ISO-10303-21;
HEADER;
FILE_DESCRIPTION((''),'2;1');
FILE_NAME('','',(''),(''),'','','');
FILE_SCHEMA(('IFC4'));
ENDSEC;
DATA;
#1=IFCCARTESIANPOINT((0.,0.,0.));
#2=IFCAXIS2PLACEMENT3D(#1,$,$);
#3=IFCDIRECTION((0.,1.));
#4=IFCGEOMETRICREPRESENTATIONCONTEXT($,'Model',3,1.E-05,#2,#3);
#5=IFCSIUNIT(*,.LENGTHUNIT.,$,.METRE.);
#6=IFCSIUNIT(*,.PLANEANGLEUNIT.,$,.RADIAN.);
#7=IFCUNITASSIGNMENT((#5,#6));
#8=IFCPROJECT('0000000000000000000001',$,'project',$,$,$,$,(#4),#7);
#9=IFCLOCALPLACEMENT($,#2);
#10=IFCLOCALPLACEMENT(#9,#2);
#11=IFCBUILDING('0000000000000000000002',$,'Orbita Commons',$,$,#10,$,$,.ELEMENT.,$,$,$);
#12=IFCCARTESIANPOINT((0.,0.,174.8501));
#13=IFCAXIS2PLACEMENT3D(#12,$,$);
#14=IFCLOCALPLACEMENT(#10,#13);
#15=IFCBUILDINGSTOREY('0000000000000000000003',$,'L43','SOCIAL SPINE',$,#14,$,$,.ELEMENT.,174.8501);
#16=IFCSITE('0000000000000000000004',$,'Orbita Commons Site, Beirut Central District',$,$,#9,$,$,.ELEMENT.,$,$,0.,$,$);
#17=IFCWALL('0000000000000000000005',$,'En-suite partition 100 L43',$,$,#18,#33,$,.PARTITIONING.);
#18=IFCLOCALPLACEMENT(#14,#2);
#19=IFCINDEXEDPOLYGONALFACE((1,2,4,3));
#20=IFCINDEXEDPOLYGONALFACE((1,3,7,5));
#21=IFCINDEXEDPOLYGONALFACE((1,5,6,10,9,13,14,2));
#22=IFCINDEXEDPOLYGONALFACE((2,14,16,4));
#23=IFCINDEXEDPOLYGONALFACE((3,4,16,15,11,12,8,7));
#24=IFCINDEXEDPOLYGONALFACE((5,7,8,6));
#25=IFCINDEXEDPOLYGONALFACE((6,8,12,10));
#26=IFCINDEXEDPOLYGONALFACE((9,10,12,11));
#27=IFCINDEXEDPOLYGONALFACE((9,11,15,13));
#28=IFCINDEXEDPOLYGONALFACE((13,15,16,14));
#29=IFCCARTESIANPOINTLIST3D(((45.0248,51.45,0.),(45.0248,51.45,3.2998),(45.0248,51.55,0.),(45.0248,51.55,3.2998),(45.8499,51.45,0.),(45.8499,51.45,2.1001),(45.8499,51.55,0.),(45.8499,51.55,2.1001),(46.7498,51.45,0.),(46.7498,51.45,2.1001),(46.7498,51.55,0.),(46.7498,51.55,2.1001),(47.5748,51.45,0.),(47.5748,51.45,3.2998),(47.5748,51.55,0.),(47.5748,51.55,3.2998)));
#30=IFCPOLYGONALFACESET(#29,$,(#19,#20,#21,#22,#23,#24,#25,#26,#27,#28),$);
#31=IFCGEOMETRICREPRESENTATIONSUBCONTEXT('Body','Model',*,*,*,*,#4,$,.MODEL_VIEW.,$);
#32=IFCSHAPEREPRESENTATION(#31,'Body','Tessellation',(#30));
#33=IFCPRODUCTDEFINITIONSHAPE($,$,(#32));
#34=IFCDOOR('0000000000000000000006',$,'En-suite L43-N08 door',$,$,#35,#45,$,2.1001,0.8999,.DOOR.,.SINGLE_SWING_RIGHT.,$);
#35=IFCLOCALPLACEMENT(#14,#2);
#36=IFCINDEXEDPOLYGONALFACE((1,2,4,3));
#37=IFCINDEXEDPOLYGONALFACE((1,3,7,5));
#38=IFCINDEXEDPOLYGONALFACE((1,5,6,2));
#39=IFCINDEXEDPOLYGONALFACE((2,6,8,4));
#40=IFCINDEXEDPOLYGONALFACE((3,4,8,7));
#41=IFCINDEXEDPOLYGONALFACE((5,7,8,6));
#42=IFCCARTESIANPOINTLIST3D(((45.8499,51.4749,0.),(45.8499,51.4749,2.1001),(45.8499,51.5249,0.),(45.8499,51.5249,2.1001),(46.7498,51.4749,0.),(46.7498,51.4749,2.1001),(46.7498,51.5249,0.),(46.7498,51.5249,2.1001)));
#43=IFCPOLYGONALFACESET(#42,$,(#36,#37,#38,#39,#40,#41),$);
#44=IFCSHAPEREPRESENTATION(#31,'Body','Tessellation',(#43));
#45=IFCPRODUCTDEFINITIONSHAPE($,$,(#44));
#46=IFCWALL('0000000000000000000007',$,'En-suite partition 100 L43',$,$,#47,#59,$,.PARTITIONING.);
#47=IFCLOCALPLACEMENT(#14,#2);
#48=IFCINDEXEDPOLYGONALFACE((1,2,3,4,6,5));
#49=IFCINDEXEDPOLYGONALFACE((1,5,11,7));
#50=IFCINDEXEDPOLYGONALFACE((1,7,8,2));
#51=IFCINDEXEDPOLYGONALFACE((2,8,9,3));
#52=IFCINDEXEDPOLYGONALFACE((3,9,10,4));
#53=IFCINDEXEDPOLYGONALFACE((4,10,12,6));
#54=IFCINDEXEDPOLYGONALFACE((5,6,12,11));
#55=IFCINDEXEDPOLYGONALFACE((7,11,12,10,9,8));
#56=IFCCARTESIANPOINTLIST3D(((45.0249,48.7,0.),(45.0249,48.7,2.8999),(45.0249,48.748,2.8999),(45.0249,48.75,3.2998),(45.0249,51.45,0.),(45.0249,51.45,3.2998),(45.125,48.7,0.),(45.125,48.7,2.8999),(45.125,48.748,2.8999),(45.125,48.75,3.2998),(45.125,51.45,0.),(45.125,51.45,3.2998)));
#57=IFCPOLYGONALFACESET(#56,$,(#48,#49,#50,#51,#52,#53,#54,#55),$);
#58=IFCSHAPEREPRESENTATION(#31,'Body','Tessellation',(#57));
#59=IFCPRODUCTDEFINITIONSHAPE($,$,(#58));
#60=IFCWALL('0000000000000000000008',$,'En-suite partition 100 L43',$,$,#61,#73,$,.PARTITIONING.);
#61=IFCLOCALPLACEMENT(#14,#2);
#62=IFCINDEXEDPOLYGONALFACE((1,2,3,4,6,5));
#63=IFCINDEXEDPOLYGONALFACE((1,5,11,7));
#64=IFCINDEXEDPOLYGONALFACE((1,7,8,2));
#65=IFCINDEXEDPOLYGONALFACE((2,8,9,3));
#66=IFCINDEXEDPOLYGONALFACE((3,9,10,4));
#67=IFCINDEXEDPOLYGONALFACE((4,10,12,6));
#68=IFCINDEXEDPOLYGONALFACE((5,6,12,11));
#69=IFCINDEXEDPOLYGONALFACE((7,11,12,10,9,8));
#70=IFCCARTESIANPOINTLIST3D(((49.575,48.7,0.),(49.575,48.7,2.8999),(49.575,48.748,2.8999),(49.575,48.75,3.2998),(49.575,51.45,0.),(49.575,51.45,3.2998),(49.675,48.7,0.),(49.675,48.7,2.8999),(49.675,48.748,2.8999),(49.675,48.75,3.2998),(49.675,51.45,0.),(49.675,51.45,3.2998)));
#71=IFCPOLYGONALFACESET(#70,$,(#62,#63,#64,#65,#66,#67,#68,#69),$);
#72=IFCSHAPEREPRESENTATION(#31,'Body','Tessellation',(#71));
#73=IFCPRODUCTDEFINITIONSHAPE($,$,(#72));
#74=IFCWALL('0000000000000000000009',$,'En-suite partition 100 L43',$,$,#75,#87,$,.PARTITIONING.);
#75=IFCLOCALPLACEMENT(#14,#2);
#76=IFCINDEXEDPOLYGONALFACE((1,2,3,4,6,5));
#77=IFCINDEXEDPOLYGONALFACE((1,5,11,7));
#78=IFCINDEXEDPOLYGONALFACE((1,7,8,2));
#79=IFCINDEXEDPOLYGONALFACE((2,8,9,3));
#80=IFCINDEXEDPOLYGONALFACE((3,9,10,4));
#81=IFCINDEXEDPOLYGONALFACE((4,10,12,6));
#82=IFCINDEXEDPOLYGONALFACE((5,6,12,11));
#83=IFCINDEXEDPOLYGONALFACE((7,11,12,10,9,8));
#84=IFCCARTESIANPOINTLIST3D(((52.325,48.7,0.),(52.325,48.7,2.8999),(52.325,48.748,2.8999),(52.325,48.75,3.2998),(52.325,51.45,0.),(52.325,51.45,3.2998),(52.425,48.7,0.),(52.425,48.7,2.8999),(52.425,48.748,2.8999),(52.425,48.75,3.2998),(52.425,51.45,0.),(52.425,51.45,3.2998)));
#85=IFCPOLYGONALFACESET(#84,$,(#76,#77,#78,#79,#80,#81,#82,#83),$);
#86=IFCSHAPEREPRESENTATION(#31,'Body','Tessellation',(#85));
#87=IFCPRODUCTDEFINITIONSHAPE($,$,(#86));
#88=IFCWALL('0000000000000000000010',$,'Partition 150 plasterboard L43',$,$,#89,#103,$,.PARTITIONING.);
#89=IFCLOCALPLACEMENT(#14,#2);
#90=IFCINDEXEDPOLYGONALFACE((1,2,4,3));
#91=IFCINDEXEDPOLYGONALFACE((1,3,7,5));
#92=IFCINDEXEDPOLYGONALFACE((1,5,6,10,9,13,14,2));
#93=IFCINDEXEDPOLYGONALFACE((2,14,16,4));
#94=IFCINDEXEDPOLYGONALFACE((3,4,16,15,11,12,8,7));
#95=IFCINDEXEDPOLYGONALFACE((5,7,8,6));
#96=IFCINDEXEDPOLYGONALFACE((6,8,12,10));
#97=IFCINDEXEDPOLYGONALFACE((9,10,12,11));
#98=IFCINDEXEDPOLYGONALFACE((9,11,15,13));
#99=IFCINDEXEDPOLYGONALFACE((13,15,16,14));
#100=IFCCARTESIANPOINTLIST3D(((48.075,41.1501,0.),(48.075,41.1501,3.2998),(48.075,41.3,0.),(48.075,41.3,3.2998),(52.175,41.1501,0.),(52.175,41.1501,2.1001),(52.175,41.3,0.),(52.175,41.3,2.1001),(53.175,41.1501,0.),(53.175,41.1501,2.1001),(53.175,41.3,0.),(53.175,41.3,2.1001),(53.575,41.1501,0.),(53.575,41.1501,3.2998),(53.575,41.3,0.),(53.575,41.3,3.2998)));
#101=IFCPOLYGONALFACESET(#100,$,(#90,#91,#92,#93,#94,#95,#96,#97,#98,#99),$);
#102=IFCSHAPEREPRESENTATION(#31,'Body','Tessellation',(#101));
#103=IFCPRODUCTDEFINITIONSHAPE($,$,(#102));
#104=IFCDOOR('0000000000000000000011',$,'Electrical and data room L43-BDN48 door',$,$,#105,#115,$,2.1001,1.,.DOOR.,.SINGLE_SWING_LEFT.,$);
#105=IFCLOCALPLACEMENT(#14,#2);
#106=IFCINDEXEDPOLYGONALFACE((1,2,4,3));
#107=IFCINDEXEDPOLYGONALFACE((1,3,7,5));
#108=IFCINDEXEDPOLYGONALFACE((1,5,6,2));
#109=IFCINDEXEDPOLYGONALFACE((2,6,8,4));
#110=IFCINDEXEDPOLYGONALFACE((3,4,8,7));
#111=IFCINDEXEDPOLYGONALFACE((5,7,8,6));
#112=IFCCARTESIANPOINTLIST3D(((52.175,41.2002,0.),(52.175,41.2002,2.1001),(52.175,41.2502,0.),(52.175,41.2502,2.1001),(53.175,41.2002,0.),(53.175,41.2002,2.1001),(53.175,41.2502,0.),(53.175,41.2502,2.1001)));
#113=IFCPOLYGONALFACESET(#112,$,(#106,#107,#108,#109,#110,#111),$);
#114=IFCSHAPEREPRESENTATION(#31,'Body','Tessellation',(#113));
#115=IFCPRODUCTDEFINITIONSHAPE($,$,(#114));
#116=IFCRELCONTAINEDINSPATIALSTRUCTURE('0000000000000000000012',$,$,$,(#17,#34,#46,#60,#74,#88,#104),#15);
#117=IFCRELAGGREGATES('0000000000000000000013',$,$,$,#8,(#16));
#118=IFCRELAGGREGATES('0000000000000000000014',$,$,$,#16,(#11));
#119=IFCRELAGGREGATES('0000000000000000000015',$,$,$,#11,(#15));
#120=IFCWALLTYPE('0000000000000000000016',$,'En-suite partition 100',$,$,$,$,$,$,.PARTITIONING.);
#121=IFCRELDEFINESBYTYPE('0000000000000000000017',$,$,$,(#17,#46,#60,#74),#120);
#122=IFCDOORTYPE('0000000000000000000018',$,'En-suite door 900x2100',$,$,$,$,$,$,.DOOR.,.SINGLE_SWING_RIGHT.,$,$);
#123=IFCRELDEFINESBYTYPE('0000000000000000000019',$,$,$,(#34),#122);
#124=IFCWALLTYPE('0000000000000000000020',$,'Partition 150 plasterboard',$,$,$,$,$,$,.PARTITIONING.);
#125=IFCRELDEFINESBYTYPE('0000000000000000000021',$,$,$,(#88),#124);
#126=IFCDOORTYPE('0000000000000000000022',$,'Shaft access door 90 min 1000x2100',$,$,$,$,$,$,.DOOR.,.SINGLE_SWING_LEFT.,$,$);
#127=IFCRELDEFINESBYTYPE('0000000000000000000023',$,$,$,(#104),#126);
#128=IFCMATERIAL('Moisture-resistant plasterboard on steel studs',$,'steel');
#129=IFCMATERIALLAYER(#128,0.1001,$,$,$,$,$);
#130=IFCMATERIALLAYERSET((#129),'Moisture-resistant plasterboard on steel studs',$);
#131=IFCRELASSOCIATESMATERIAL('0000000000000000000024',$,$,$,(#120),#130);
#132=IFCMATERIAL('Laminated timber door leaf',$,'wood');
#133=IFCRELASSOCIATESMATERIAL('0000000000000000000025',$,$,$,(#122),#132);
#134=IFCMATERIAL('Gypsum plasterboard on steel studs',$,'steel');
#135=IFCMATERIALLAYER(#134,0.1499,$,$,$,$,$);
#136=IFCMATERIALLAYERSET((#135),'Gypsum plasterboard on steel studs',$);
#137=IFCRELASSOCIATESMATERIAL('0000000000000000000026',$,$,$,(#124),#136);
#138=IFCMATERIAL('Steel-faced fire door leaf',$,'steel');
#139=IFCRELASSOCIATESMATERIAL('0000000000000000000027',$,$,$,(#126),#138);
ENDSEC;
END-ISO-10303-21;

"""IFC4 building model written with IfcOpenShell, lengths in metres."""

from ifc_helpers import new_model, si_unit, direction, frame, frame_2d, origin, place, context, subcontext, project, spatial, polyline, rectangle, outline, extrude, material, layer, layer_set, type_object, element, fill, save


model = new_model("IFC4")

# Units and contexts
model_context = context("Model", 3, precision=1e-05, world=origin(), true_north=direction((0.0, 1.0)))
body_context = subcontext(model_context, "Body", "Model", "MODEL_VIEW")
ifc_project = project(units=[si_unit("LENGTHUNIT", "METRE"), si_unit("PLANEANGLEUNIT", "RADIAN")], contexts=[model_context])

# Site, building, storey
site_placement = place(None, origin())
site = spatial("IfcSite", under=ifc_project, at=site_placement, Name="Orbita Commons Site, Beirut Central District", CompositionType="ELEMENT", RefElevation=0.0)
building_placement = place(site_placement, origin())
building = spatial("IfcBuilding", under=site, at=building_placement, Name="Orbita Commons", CompositionType="ELEMENT")
storey_placement = place(building_placement, frame((0.0, 0.0, 174.8501)))
storey = spatial("IfcBuildingStorey", under=building, at=storey_placement, Name="L43", Description="SOCIAL SPINE", CompositionType="ELEMENT", Elevation=174.8501)

# Wall, opening, door
ifc_material_1 = material(Name="Moisture-resistant plasterboard on steel studs", Category="steel")
ifc_layer_1 = layer(ifc_material_1, 0.1001)
ifc_layer_set_1 = layer_set([ifc_layer_1], Name="Moisture-resistant plasterboard on steel studs")
wall_type_1 = type_object("IfcWallType", Name="En-suite partition 100", PredefinedType="PARTITIONING", material=ifc_layer_set_1)
wall_1_placement = place(storey_placement, frame((45.0249, 51.5, 0.0), z_axis=(0.0, 0.0, 1.0), x_axis=(1.0, 0.0, 0.0)))
wall_1 = element("IfcWall", 1, at=wall_1_placement, inside=storey, type_object=wall_type_1, Name="En-suite partition 100 L43", PredefinedType="PARTITIONING", context=body_context, shape_type="SweptSolid", body=[
    extrude(rectangle(XDim=2.55, YDim=0.1001, at=frame_2d((1.2749, 0.0))), origin(), (0.0, 0.0, 1.0), 3.2998),
])
opening_1_placement = place(wall_1_placement, frame((0.825, 0.0, 0.0)))
opening_1 = element("IfcOpeningElement", 2, at=opening_1_placement, cuts=wall_1, PredefinedType="OPENING", context=body_context, shape_type="SweptSolid", body=[
    extrude(rectangle(XDim=0.8999, YDim=2.1001, at=frame_2d((0.45, 1.05))), frame((0.0, 0.0601, 0.0), z_axis=(0.0, -1.0, 0.0), x_axis=(1.0, 0.0, 0.0)), (0.0, 0.0, 1.0), 0.1201),
])
ifc_material_2 = material(Name="Laminated timber door leaf", Category="wood")
door_type_1 = type_object("IfcDoorType", Name="En-suite door 900x2100", OperationType="SINGLE_SWING_RIGHT", PredefinedType="DOOR", material=ifc_material_2)
door_1_placement = place(opening_1_placement, origin())
door_1 = element("IfcDoor", 3, at=door_1_placement, inside=storey, type_object=door_type_1, Name="En-suite L43-N08 door", OperationType="SINGLE_SWING_RIGHT", OverallHeight=2.1001, OverallWidth=0.8999, PredefinedType="DOOR", context=body_context, shape_type="SweptSolid", body=[
    extrude(rectangle(XDim=0.8999, YDim=2.1001, at=frame_2d((0.45, 1.05))), frame((0.0, 0.0249, 0.0), z_axis=(0.0, -1.0, 0.0), x_axis=(1.0, 0.0, 0.0)), (0.0, 0.0, 1.0), 0.05),
])
fill(opening_1, door_1)

# Walls
for number, where, z_axis, x_axis, name in (
    (4, (45.075, 51.45, 0.0), (0.0, 0.0, 1.0), (0.0, -1.0, 0.0), "En-suite partition 100 L43"),
    (5, (49.625, 51.45, 0.0), (0.0, 0.0, 1.0), (0.0, -1.0, 0.0), "En-suite partition 100 L43"),
    (6, (52.375, 51.45, 0.0), (0.0, 0.0, 1.0), (0.0, -1.0, 0.0), "En-suite partition 100 L43"),
):
    element("IfcWall", number, at=place(storey_placement, frame(where, z_axis=z_axis, x_axis=x_axis)), inside=storey, type_object=wall_type_1, Name=name, PredefinedType="PARTITIONING", context=body_context, shape_type="SweptSolid", body=[
        extrude(outline(polyline([(0.0, 0.0), (2.75, 0.0), (2.75, 2.8999), (2.7019, 2.8999), (2.7, 3.2998), (0.0, 3.2998), (0.0, 0.0)])), frame((0.0, 0.05, 0.0), z_axis=(0.0, -1.0, 0.0), x_axis=(1.0, 0.0, 0.0)), (0.0, 0.0, 1.0), 0.1001),
    ])

# Wall, opening, door
ifc_material_3 = material(Name="Gypsum plasterboard on steel studs", Category="steel")
ifc_layer_2 = layer(ifc_material_3, 0.1499)
ifc_layer_set_2 = layer_set([ifc_layer_2], Name="Gypsum plasterboard on steel studs")
wall_type_2 = type_object("IfcWallType", Name="Partition 150 plasterboard", PredefinedType="PARTITIONING", material=ifc_layer_set_2)
wall_2_placement = place(storey_placement, frame((53.575, 41.2251, 0.0), z_axis=(0.0, 0.0, 1.0), x_axis=(-1.0, 0.0, 0.0)))
wall_2 = element("IfcWall", 7, at=wall_2_placement, inside=storey, type_object=wall_type_2, Name="Partition 150 plasterboard L43", PredefinedType="PARTITIONING", context=body_context, shape_type="SweptSolid", body=[
    extrude(rectangle(XDim=5.5, YDim=0.1499, at=frame_2d((2.75, 0.0))), origin(), (0.0, 0.0, 1.0), 3.2998),
])
opening_2_placement = place(wall_2_placement, frame((0.3999, 0.0, 0.0)))
opening_2 = element("IfcOpeningElement", 8, at=opening_2_placement, cuts=wall_2, PredefinedType="OPENING", context=body_context, shape_type="SweptSolid", body=[
    extrude(rectangle(XDim=1.0, YDim=2.1001, at=frame_2d((0.5, 1.05))), frame((0.0, 0.085, 0.0), z_axis=(0.0, -1.0, 0.0), x_axis=(1.0, 0.0, 0.0)), (0.0, 0.0, 1.0), 0.1699),
])
ifc_material_4 = material(Name="Steel-faced fire door leaf", Category="steel")
door_type_2 = type_object("IfcDoorType", Name="Shaft access door 90 min 1000x2100", OperationType="SINGLE_SWING_LEFT", PredefinedType="DOOR", material=ifc_material_4)
door_2_placement = place(opening_2_placement, origin())
door_2 = element("IfcDoor", 9, at=door_2_placement, inside=storey, type_object=door_type_2, Name="Electrical and data room L43-BDN48 door", OperationType="SINGLE_SWING_LEFT", OverallHeight=2.1001, OverallWidth=1.0, PredefinedType="DOOR", context=body_context, shape_type="SweptSolid", body=[
    extrude(rectangle(XDim=1.0, YDim=2.1001, at=frame_2d((0.5, 1.05))), frame((0.0, 0.0249, 0.0), z_axis=(0.0, -1.0, 0.0), x_axis=(1.0, 0.0, 0.0)), (0.0, 0.0, 1.0), 0.05),
])
fill(opening_2, door_2)

save(model, "model.ifc")
